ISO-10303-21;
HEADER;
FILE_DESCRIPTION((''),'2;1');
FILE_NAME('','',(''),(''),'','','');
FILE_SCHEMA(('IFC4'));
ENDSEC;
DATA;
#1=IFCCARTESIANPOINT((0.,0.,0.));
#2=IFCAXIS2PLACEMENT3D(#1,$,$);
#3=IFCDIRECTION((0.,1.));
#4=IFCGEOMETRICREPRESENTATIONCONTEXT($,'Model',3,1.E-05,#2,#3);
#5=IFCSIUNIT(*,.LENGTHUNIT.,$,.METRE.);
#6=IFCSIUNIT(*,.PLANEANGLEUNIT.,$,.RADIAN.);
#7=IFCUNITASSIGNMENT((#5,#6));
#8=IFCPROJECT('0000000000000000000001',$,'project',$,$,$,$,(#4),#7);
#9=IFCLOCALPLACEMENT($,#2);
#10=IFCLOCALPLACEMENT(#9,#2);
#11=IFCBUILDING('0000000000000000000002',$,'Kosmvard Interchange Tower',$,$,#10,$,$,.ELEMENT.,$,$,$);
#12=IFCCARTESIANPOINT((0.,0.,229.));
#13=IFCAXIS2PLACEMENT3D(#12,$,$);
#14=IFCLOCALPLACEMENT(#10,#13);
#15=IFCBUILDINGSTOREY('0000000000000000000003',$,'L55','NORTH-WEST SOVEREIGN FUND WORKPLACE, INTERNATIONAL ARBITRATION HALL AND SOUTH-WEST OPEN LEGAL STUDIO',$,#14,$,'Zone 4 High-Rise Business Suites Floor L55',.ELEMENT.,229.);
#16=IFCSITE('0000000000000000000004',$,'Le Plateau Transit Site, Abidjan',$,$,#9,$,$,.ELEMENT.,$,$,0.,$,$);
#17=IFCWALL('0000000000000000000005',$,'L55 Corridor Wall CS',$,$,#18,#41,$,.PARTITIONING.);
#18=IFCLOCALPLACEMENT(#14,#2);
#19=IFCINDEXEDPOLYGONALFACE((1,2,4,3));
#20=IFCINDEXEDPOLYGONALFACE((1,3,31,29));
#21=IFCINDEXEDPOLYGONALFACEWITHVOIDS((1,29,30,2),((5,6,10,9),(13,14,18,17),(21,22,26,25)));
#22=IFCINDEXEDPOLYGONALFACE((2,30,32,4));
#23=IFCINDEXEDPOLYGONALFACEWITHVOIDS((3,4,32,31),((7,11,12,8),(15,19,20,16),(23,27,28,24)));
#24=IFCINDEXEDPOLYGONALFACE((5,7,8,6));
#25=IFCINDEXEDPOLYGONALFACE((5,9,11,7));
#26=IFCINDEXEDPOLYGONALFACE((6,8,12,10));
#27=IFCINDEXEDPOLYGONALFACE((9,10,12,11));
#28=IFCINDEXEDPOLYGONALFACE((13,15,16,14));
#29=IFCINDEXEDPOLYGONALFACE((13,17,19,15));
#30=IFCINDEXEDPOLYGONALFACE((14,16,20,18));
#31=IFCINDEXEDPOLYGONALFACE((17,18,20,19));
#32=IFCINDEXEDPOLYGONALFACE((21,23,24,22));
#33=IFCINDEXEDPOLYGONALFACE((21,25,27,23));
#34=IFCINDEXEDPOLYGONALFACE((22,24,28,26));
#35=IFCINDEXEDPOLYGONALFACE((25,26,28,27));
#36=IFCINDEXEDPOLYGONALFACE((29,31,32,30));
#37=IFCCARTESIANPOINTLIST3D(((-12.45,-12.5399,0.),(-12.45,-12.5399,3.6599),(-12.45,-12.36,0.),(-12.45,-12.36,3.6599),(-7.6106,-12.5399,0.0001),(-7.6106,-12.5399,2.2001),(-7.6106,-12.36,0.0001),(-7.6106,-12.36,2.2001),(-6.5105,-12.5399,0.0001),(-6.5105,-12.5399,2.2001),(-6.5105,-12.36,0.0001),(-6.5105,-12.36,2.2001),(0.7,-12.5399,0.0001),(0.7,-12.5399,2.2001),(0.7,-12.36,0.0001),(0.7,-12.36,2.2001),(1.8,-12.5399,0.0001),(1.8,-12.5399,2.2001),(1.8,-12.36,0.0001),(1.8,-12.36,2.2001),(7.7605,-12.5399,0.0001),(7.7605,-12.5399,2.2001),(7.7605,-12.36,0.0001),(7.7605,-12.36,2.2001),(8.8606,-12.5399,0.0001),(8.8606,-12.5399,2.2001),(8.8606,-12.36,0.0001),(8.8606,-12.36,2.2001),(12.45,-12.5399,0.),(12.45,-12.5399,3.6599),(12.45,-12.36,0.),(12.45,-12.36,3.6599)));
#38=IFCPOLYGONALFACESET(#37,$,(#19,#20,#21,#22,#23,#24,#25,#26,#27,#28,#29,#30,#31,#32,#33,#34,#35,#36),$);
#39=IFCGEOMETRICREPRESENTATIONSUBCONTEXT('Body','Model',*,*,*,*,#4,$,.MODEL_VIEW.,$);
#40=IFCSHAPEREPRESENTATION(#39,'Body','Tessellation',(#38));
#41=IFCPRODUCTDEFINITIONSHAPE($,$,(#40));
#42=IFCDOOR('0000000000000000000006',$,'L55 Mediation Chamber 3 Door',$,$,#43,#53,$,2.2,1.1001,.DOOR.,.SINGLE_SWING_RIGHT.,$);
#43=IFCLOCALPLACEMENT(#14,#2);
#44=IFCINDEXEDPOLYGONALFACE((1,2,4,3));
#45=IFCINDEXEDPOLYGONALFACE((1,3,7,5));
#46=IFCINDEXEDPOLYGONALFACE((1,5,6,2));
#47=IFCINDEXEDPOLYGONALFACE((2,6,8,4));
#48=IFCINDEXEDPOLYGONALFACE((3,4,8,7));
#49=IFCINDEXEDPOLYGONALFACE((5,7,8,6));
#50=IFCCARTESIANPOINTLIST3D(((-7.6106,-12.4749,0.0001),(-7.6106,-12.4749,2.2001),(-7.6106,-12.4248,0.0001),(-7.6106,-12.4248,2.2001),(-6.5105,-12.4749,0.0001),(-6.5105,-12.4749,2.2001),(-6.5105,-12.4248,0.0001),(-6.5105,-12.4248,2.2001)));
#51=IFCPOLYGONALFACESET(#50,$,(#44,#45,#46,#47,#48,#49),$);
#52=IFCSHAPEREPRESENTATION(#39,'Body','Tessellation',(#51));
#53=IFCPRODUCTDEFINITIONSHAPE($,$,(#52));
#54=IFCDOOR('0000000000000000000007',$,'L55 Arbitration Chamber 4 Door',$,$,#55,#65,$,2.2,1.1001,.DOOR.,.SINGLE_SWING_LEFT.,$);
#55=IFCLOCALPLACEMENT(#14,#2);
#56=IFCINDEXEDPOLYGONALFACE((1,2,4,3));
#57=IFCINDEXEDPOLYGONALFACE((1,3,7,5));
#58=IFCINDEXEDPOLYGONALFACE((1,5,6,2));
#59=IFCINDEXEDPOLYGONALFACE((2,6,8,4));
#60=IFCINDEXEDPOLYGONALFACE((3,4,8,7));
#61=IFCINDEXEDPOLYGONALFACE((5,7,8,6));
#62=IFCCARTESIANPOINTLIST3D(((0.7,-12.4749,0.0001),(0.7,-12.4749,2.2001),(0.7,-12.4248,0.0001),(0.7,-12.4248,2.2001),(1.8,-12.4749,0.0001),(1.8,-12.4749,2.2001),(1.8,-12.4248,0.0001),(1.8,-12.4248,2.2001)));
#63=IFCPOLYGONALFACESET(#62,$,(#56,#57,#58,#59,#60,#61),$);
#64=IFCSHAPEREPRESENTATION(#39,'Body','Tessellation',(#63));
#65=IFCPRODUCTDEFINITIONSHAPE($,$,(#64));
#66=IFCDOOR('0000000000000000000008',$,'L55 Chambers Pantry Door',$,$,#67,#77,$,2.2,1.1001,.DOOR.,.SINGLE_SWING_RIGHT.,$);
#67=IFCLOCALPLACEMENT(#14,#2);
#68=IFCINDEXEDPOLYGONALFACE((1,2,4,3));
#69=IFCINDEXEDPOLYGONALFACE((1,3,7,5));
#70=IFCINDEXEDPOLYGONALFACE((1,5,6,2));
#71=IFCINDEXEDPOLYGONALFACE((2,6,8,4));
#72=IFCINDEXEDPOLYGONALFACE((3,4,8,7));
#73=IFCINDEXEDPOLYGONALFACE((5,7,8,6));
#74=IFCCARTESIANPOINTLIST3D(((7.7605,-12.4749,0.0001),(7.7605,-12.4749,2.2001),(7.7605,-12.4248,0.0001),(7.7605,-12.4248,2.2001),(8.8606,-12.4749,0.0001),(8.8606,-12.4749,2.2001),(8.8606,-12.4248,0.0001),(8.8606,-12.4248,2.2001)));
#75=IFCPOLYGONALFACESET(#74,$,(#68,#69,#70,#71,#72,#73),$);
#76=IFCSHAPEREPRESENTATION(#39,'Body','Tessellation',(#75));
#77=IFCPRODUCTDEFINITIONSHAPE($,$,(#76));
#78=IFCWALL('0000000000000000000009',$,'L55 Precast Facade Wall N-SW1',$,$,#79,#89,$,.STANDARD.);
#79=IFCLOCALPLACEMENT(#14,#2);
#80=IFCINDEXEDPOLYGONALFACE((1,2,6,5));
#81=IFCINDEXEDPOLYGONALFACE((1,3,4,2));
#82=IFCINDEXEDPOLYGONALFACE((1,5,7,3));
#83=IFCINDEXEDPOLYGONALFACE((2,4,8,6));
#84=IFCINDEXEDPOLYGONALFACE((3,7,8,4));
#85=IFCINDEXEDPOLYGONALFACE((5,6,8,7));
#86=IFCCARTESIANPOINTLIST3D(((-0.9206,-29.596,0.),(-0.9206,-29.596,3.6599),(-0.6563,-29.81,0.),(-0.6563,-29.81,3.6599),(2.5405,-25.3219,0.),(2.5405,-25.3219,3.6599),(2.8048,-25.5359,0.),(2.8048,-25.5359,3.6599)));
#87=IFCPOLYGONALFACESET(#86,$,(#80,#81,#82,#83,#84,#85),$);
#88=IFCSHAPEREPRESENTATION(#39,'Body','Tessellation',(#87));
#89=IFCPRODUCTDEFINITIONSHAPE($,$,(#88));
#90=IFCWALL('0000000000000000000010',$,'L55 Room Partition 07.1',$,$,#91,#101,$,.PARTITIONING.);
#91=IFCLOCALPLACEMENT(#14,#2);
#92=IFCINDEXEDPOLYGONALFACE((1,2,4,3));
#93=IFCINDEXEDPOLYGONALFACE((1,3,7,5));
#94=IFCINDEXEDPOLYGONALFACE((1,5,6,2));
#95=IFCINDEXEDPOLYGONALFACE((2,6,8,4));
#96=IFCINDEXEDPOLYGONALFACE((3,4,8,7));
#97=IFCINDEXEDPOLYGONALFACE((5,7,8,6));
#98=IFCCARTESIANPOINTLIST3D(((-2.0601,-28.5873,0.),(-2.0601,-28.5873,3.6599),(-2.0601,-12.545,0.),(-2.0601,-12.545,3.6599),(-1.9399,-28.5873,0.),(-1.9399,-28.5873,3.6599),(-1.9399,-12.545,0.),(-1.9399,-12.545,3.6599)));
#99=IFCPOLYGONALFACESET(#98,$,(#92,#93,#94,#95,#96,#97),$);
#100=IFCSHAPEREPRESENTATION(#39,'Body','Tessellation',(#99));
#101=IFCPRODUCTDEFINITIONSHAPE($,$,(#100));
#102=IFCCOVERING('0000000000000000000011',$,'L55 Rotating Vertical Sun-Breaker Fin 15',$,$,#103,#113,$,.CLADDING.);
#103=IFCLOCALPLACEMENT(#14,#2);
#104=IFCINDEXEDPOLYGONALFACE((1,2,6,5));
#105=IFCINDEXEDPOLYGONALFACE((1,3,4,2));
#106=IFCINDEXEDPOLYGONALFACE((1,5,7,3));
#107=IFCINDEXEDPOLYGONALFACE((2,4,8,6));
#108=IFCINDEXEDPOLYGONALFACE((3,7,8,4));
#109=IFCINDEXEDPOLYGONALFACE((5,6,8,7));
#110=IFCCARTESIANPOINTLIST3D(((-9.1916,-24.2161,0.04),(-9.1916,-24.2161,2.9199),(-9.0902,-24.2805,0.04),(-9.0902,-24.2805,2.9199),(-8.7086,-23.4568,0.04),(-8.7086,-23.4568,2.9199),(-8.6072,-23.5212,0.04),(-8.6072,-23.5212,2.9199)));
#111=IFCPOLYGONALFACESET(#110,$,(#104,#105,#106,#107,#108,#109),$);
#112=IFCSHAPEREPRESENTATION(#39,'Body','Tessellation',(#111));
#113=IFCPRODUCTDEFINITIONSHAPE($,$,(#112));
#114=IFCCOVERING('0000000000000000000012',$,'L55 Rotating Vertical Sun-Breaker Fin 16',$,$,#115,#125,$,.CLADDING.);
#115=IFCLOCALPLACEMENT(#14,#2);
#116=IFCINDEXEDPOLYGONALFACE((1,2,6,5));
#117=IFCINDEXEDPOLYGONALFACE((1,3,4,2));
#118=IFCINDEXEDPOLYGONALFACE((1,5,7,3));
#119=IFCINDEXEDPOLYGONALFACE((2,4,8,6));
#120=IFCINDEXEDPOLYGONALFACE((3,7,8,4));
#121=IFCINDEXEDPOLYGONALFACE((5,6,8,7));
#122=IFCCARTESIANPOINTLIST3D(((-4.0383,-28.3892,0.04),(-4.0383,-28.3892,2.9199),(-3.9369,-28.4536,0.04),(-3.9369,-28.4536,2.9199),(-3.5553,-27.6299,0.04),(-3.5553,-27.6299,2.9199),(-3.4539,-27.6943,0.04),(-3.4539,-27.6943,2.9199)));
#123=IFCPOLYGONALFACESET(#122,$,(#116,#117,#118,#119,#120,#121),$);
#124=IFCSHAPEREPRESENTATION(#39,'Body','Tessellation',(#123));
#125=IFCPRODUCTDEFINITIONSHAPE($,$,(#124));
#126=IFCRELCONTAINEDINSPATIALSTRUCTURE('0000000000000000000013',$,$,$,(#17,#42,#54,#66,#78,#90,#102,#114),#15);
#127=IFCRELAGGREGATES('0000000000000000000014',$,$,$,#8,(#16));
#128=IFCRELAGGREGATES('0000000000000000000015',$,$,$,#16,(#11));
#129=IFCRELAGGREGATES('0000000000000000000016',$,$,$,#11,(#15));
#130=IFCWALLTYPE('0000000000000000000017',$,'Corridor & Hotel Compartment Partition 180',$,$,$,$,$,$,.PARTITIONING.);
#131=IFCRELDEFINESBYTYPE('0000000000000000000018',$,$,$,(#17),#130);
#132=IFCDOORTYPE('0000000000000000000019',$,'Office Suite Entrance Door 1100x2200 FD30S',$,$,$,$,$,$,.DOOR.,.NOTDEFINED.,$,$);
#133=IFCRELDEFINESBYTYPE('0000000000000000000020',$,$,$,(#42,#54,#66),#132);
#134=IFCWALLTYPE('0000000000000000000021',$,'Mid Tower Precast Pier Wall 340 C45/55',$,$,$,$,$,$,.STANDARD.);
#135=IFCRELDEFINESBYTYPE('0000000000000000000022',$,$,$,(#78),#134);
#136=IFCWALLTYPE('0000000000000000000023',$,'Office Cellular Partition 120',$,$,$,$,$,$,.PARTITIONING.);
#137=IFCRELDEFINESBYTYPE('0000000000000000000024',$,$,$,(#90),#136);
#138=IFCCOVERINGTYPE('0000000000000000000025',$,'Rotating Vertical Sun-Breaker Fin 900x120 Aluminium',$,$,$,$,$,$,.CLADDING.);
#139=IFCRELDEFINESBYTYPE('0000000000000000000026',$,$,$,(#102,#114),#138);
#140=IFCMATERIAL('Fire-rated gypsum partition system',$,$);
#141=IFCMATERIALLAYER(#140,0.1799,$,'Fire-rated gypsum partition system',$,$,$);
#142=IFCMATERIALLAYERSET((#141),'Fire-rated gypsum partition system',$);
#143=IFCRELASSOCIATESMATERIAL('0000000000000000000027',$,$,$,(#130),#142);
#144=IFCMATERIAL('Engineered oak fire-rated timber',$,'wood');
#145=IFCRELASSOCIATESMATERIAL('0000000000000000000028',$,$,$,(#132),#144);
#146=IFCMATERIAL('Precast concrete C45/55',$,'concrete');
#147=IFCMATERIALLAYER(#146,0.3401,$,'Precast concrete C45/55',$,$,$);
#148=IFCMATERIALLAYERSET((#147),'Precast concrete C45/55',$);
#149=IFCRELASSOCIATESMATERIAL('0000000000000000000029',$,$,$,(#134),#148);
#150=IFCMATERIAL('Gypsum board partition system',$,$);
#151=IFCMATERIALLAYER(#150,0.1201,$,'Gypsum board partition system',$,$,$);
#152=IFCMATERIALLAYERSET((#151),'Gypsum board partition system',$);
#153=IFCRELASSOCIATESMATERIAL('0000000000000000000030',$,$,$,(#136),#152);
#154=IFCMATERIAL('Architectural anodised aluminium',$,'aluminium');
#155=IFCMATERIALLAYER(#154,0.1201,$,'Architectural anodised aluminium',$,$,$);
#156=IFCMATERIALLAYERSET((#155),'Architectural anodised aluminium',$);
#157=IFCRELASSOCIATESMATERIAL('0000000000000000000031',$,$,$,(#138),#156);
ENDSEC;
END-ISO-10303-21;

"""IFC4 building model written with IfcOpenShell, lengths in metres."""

from ifc_helpers import new_model, si_unit, direction, frame, frame_2d, origin, origin_2d, place, context, subcontext, project, spatial, rectangle, extrude, source, transform, mapped, material, layer, layer_set, type_object, element, fill, save


model = new_model("IFC4")

# Units and contexts
model_context = context("Model", 3, precision=1e-05, world=origin(), true_north=direction((0.0, 1.0)))
body_context = subcontext(model_context, "Body", "Model", "MODEL_VIEW")
ifc_project = project(units=[si_unit("LENGTHUNIT", "METRE"), si_unit("PLANEANGLEUNIT", "RADIAN")], contexts=[model_context])

# Site, building, storey
site_placement = place(None, origin())
site = spatial("IfcSite", under=ifc_project, at=site_placement, Name="Le Plateau Transit Site, Abidjan", CompositionType="ELEMENT", RefElevation=0.0)
building_placement = place(site_placement, origin())
building = spatial("IfcBuilding", under=site, at=building_placement, Name="Kosmvard Interchange Tower", CompositionType="ELEMENT")
storey_placement = place(building_placement, frame((0.0, 0.0, 229.0)))
storey = spatial("IfcBuildingStorey", under=building, at=storey_placement, Name="L55", Description="NORTH-WEST SOVEREIGN FUND WORKPLACE, INTERNATIONAL ARBITRATION HALL AND SOUTH-WEST OPEN LEGAL STUDIO", LongName="Zone 4 High-Rise Business Suites Floor L55", CompositionType="ELEMENT", Elevation=229.0)

# Shared definitions
ifc_material_1 = material(Name="Precast concrete C45/55", Category="concrete")

# Wall, openings, doors
ifc_material_2 = material(Name="Fire-rated gypsum partition system")
ifc_layer_1 = layer(ifc_material_2, 0.1799, Name="Fire-rated gypsum partition system")
ifc_layer_set_1 = layer_set([ifc_layer_1], Name="Fire-rated gypsum partition system")
wall_type_1 = type_object("IfcWallType", Name="Corridor & Hotel Compartment Partition 180", PredefinedType="PARTITIONING", material=ifc_layer_set_1)
wall_1_placement = place(storey_placement, frame((-12.45, -12.45, 0.0), z_axis=(0.0, 0.0, 1.0), x_axis=(1.0, 0.0, 0.0)))
wall_1 = element("IfcWall", 1, at=wall_1_placement, inside=storey, type_object=wall_type_1, Name="L55 Corridor Wall CS", PredefinedType="PARTITIONING", context=body_context, shape_type="SweptSolid", body=[
    extrude(rectangle(XDim=24.8999, YDim=0.1799, at=frame_2d((12.45, 0.0))), origin(), (0.0, 0.0, 1.0), 3.6599),
])
opening_1_placement = place(wall_1_placement, frame((4.8394, 0.0, 0.0)))
opening_1 = element("IfcOpeningElement", 2, at=opening_1_placement, cuts=wall_1, PredefinedType="OPENING", context=body_context, shape_type="SweptSolid", body=[
    extrude(rectangle(XDim=1.1001, YDim=2.2, at=frame_2d((0.55, 1.1001))), frame((0.0, 0.1001, 0.0), z_axis=(0.0, -1.0, 0.0), x_axis=(1.0, 0.0, 0.0)), (0.0, 0.0, 1.0), 0.2),
])
opening_2_placement = place(wall_1_placement, frame((13.1499, 0.0, 0.0)))
opening_2 = element("IfcOpeningElement", 3, at=opening_2_placement, cuts=wall_1, PredefinedType="OPENING", context=body_context, shape_type="SweptSolid", body=[
    extrude(rectangle(XDim=1.1001, YDim=2.2, at=frame_2d((0.55, 1.1001))), frame((0.0, 0.1001, 0.0), z_axis=(0.0, -1.0, 0.0), x_axis=(1.0, 0.0, 0.0)), (0.0, 0.0, 1.0), 0.2),
])
opening_3_placement = place(wall_1_placement, frame((20.2104, 0.0, 0.0)))
opening_3 = element("IfcOpeningElement", 4, at=opening_3_placement, cuts=wall_1, PredefinedType="OPENING", context=body_context, shape_type="SweptSolid", body=[
    extrude(rectangle(XDim=1.1001, YDim=2.2, at=frame_2d((0.55, 1.1001))), frame((0.0, 0.1001, 0.0), z_axis=(0.0, -1.0, 0.0), x_axis=(1.0, 0.0, 0.0)), (0.0, 0.0, 1.0), 0.2),
])
ifc_material_3 = material(Name="Engineered oak fire-rated timber", Category="wood")
door_type = type_object("IfcDoorType", Name="Office Suite Entrance Door 1100x2200 FD30S", OperationType="NOTDEFINED", PredefinedType="DOOR", material=ifc_material_3)
shared_shape_1 = source(origin(), body_context, "Body", "SweptSolid", [
    extrude(rectangle(XDim=1.1001, YDim=2.2, at=frame_2d((0.55, 1.1001))), frame((0.0, 0.0249, 0.0), z_axis=(0.0, -1.0, 0.0), x_axis=(1.0, 0.0, 0.0)), (0.0, 0.0, 1.0), 0.05),
])
door_1_placement = place(opening_1_placement, frame((1.1001, 0.0, 0.0), z_axis=(0.0, 0.0, 1.0), x_axis=(-1.0, 0.0, 0.0)))
door_1 = element("IfcDoor", 5, at=door_1_placement, inside=storey, type_object=door_type, Name="L55 Mediation Chamber 3 Door", OperationType="SINGLE_SWING_RIGHT", OverallHeight=2.2, OverallWidth=1.1001, PredefinedType="DOOR", context=body_context, shape_type="MappedRepresentation", body=[
    mapped(shared_shape_1, transform((0.0, 0.0, 0.0), scale=1.0)),
])
fill(opening_1, door_1)
door_2_placement = place(opening_2_placement, frame((1.1001, 0.0, 0.0), z_axis=(0.0, 0.0, 1.0), x_axis=(-1.0, 0.0, 0.0)))
door_2 = element("IfcDoor", 6, at=door_2_placement, inside=storey, type_object=door_type, Name="L55 Arbitration Chamber 4 Door", OperationType="SINGLE_SWING_LEFT", OverallHeight=2.2, OverallWidth=1.1001, PredefinedType="DOOR", context=body_context, shape_type="MappedRepresentation", body=[
    mapped(shared_shape_1, transform((0.0, 0.0, 0.0), scale=1.0)),
])
fill(opening_2, door_2)
door_3_placement = place(opening_3_placement, frame((1.1001, 0.0, 0.0), z_axis=(0.0, 0.0, 1.0), x_axis=(-1.0, 0.0, 0.0)))
door_3 = element("IfcDoor", 7, at=door_3_placement, inside=storey, type_object=door_type, Name="L55 Chambers Pantry Door", OperationType="SINGLE_SWING_RIGHT", OverallHeight=2.2, OverallWidth=1.1001, PredefinedType="DOOR", context=body_context, shape_type="MappedRepresentation", body=[
    mapped(shared_shape_1, transform((0.0, 0.0, 0.0), scale=1.0)),
])
fill(opening_3, door_3)

# Walls
ifc_layer_2 = layer(ifc_material_1, 0.3401, Name="Precast concrete C45/55")
ifc_layer_set_2 = layer_set([ifc_layer_2], Name="Precast concrete C45/55")
wall_type_2 = type_object("IfcWallType", Name="Mid Tower Precast Pier Wall 340 C45/55", PredefinedType="STANDARD", material=ifc_layer_set_2)
wall_2_placement = place(storey_placement, frame((-0.7886, -29.7031, 0.0), z_axis=(0.0, 0.0, 1.0), x_axis=(0.629323, 0.777144, 0.0)))
element("IfcWall", 8, at=wall_2_placement, inside=storey, type_object=wall_type_2, Name="L55 Precast Facade Wall N-SW1", PredefinedType="STANDARD", context=body_context, shape_type="SweptSolid", body=[
    extrude(rectangle(XDim=5.4998, YDim=0.3401, at=frame_2d((2.75, 0.0))), origin(), (0.0, 0.0, 1.0), 3.6599),
])
ifc_material_4 = material(Name="Gypsum board partition system")
ifc_layer_3 = layer(ifc_material_4, 0.1201, Name="Gypsum board partition system")
ifc_layer_set_3 = layer_set([ifc_layer_3], Name="Gypsum board partition system")
wall_type_3 = type_object("IfcWallType", Name="Office Cellular Partition 120", PredefinedType="PARTITIONING", material=ifc_layer_set_3)
wall_3_placement = place(storey_placement, frame((-2.0, -28.5872, 0.0), z_axis=(0.0, 0.0, 1.0), x_axis=(0.0, 1.0, 0.0)))
element("IfcWall", 9, at=wall_3_placement, inside=storey, type_object=wall_type_3, Name="L55 Room Partition 07.1", PredefinedType="PARTITIONING", context=body_context, shape_type="SweptSolid", body=[
    extrude(rectangle(XDim=16.0422, YDim=0.1201, at=frame_2d((8.021, 0.0))), origin(), (0.0, 0.0, 1.0), 3.6599),
])

# Coverings
ifc_material_5 = material(Name="Architectural anodised aluminium", Category="aluminium")
ifc_layer_4 = layer(ifc_material_5, 0.1201, Name="Architectural anodised aluminium")
ifc_layer_set_4 = layer_set([ifc_layer_4], Name="Architectural anodised aluminium")
covering_type = type_object("IfcCoveringType", Name="Rotating Vertical Sun-Breaker Fin 900x120 Aluminium", PredefinedType="CLADDING", material=ifc_layer_set_4)
shared_shape_2 = source(origin(), body_context, "Body", "SweptSolid", [
    extrude(rectangle(XDim=0.8999, YDim=0.1201, at=origin_2d()), origin(), (0.0, 0.0, 1.0), 2.8799),
])
for number, where, z_axis, x_axis, name in (
    (10, (-8.8994, -23.8687, 0.04), (0.0, 0.0, 1.0), (-0.536711, -0.843766, 0.0), "L55 Rotating Vertical Sun-Breaker Fin 15"),
    (11, (-3.7461, -28.0417, 0.04), (0.0, 0.0, 1.0), (-0.536711, -0.843766, 0.0), "L55 Rotating Vertical Sun-Breaker Fin 16"),
):
    element("IfcCovering", number, at=place(storey_placement, frame(where, z_axis=z_axis, x_axis=x_axis)), inside=storey, type_object=covering_type, Name=name, PredefinedType="CLADDING", context=body_context, shape_type="MappedRepresentation", body=[
        mapped(shared_shape_2, transform((0.0, 0.0, 0.0), scale=1.0)),
    ])

save(model, "model.ifc")
